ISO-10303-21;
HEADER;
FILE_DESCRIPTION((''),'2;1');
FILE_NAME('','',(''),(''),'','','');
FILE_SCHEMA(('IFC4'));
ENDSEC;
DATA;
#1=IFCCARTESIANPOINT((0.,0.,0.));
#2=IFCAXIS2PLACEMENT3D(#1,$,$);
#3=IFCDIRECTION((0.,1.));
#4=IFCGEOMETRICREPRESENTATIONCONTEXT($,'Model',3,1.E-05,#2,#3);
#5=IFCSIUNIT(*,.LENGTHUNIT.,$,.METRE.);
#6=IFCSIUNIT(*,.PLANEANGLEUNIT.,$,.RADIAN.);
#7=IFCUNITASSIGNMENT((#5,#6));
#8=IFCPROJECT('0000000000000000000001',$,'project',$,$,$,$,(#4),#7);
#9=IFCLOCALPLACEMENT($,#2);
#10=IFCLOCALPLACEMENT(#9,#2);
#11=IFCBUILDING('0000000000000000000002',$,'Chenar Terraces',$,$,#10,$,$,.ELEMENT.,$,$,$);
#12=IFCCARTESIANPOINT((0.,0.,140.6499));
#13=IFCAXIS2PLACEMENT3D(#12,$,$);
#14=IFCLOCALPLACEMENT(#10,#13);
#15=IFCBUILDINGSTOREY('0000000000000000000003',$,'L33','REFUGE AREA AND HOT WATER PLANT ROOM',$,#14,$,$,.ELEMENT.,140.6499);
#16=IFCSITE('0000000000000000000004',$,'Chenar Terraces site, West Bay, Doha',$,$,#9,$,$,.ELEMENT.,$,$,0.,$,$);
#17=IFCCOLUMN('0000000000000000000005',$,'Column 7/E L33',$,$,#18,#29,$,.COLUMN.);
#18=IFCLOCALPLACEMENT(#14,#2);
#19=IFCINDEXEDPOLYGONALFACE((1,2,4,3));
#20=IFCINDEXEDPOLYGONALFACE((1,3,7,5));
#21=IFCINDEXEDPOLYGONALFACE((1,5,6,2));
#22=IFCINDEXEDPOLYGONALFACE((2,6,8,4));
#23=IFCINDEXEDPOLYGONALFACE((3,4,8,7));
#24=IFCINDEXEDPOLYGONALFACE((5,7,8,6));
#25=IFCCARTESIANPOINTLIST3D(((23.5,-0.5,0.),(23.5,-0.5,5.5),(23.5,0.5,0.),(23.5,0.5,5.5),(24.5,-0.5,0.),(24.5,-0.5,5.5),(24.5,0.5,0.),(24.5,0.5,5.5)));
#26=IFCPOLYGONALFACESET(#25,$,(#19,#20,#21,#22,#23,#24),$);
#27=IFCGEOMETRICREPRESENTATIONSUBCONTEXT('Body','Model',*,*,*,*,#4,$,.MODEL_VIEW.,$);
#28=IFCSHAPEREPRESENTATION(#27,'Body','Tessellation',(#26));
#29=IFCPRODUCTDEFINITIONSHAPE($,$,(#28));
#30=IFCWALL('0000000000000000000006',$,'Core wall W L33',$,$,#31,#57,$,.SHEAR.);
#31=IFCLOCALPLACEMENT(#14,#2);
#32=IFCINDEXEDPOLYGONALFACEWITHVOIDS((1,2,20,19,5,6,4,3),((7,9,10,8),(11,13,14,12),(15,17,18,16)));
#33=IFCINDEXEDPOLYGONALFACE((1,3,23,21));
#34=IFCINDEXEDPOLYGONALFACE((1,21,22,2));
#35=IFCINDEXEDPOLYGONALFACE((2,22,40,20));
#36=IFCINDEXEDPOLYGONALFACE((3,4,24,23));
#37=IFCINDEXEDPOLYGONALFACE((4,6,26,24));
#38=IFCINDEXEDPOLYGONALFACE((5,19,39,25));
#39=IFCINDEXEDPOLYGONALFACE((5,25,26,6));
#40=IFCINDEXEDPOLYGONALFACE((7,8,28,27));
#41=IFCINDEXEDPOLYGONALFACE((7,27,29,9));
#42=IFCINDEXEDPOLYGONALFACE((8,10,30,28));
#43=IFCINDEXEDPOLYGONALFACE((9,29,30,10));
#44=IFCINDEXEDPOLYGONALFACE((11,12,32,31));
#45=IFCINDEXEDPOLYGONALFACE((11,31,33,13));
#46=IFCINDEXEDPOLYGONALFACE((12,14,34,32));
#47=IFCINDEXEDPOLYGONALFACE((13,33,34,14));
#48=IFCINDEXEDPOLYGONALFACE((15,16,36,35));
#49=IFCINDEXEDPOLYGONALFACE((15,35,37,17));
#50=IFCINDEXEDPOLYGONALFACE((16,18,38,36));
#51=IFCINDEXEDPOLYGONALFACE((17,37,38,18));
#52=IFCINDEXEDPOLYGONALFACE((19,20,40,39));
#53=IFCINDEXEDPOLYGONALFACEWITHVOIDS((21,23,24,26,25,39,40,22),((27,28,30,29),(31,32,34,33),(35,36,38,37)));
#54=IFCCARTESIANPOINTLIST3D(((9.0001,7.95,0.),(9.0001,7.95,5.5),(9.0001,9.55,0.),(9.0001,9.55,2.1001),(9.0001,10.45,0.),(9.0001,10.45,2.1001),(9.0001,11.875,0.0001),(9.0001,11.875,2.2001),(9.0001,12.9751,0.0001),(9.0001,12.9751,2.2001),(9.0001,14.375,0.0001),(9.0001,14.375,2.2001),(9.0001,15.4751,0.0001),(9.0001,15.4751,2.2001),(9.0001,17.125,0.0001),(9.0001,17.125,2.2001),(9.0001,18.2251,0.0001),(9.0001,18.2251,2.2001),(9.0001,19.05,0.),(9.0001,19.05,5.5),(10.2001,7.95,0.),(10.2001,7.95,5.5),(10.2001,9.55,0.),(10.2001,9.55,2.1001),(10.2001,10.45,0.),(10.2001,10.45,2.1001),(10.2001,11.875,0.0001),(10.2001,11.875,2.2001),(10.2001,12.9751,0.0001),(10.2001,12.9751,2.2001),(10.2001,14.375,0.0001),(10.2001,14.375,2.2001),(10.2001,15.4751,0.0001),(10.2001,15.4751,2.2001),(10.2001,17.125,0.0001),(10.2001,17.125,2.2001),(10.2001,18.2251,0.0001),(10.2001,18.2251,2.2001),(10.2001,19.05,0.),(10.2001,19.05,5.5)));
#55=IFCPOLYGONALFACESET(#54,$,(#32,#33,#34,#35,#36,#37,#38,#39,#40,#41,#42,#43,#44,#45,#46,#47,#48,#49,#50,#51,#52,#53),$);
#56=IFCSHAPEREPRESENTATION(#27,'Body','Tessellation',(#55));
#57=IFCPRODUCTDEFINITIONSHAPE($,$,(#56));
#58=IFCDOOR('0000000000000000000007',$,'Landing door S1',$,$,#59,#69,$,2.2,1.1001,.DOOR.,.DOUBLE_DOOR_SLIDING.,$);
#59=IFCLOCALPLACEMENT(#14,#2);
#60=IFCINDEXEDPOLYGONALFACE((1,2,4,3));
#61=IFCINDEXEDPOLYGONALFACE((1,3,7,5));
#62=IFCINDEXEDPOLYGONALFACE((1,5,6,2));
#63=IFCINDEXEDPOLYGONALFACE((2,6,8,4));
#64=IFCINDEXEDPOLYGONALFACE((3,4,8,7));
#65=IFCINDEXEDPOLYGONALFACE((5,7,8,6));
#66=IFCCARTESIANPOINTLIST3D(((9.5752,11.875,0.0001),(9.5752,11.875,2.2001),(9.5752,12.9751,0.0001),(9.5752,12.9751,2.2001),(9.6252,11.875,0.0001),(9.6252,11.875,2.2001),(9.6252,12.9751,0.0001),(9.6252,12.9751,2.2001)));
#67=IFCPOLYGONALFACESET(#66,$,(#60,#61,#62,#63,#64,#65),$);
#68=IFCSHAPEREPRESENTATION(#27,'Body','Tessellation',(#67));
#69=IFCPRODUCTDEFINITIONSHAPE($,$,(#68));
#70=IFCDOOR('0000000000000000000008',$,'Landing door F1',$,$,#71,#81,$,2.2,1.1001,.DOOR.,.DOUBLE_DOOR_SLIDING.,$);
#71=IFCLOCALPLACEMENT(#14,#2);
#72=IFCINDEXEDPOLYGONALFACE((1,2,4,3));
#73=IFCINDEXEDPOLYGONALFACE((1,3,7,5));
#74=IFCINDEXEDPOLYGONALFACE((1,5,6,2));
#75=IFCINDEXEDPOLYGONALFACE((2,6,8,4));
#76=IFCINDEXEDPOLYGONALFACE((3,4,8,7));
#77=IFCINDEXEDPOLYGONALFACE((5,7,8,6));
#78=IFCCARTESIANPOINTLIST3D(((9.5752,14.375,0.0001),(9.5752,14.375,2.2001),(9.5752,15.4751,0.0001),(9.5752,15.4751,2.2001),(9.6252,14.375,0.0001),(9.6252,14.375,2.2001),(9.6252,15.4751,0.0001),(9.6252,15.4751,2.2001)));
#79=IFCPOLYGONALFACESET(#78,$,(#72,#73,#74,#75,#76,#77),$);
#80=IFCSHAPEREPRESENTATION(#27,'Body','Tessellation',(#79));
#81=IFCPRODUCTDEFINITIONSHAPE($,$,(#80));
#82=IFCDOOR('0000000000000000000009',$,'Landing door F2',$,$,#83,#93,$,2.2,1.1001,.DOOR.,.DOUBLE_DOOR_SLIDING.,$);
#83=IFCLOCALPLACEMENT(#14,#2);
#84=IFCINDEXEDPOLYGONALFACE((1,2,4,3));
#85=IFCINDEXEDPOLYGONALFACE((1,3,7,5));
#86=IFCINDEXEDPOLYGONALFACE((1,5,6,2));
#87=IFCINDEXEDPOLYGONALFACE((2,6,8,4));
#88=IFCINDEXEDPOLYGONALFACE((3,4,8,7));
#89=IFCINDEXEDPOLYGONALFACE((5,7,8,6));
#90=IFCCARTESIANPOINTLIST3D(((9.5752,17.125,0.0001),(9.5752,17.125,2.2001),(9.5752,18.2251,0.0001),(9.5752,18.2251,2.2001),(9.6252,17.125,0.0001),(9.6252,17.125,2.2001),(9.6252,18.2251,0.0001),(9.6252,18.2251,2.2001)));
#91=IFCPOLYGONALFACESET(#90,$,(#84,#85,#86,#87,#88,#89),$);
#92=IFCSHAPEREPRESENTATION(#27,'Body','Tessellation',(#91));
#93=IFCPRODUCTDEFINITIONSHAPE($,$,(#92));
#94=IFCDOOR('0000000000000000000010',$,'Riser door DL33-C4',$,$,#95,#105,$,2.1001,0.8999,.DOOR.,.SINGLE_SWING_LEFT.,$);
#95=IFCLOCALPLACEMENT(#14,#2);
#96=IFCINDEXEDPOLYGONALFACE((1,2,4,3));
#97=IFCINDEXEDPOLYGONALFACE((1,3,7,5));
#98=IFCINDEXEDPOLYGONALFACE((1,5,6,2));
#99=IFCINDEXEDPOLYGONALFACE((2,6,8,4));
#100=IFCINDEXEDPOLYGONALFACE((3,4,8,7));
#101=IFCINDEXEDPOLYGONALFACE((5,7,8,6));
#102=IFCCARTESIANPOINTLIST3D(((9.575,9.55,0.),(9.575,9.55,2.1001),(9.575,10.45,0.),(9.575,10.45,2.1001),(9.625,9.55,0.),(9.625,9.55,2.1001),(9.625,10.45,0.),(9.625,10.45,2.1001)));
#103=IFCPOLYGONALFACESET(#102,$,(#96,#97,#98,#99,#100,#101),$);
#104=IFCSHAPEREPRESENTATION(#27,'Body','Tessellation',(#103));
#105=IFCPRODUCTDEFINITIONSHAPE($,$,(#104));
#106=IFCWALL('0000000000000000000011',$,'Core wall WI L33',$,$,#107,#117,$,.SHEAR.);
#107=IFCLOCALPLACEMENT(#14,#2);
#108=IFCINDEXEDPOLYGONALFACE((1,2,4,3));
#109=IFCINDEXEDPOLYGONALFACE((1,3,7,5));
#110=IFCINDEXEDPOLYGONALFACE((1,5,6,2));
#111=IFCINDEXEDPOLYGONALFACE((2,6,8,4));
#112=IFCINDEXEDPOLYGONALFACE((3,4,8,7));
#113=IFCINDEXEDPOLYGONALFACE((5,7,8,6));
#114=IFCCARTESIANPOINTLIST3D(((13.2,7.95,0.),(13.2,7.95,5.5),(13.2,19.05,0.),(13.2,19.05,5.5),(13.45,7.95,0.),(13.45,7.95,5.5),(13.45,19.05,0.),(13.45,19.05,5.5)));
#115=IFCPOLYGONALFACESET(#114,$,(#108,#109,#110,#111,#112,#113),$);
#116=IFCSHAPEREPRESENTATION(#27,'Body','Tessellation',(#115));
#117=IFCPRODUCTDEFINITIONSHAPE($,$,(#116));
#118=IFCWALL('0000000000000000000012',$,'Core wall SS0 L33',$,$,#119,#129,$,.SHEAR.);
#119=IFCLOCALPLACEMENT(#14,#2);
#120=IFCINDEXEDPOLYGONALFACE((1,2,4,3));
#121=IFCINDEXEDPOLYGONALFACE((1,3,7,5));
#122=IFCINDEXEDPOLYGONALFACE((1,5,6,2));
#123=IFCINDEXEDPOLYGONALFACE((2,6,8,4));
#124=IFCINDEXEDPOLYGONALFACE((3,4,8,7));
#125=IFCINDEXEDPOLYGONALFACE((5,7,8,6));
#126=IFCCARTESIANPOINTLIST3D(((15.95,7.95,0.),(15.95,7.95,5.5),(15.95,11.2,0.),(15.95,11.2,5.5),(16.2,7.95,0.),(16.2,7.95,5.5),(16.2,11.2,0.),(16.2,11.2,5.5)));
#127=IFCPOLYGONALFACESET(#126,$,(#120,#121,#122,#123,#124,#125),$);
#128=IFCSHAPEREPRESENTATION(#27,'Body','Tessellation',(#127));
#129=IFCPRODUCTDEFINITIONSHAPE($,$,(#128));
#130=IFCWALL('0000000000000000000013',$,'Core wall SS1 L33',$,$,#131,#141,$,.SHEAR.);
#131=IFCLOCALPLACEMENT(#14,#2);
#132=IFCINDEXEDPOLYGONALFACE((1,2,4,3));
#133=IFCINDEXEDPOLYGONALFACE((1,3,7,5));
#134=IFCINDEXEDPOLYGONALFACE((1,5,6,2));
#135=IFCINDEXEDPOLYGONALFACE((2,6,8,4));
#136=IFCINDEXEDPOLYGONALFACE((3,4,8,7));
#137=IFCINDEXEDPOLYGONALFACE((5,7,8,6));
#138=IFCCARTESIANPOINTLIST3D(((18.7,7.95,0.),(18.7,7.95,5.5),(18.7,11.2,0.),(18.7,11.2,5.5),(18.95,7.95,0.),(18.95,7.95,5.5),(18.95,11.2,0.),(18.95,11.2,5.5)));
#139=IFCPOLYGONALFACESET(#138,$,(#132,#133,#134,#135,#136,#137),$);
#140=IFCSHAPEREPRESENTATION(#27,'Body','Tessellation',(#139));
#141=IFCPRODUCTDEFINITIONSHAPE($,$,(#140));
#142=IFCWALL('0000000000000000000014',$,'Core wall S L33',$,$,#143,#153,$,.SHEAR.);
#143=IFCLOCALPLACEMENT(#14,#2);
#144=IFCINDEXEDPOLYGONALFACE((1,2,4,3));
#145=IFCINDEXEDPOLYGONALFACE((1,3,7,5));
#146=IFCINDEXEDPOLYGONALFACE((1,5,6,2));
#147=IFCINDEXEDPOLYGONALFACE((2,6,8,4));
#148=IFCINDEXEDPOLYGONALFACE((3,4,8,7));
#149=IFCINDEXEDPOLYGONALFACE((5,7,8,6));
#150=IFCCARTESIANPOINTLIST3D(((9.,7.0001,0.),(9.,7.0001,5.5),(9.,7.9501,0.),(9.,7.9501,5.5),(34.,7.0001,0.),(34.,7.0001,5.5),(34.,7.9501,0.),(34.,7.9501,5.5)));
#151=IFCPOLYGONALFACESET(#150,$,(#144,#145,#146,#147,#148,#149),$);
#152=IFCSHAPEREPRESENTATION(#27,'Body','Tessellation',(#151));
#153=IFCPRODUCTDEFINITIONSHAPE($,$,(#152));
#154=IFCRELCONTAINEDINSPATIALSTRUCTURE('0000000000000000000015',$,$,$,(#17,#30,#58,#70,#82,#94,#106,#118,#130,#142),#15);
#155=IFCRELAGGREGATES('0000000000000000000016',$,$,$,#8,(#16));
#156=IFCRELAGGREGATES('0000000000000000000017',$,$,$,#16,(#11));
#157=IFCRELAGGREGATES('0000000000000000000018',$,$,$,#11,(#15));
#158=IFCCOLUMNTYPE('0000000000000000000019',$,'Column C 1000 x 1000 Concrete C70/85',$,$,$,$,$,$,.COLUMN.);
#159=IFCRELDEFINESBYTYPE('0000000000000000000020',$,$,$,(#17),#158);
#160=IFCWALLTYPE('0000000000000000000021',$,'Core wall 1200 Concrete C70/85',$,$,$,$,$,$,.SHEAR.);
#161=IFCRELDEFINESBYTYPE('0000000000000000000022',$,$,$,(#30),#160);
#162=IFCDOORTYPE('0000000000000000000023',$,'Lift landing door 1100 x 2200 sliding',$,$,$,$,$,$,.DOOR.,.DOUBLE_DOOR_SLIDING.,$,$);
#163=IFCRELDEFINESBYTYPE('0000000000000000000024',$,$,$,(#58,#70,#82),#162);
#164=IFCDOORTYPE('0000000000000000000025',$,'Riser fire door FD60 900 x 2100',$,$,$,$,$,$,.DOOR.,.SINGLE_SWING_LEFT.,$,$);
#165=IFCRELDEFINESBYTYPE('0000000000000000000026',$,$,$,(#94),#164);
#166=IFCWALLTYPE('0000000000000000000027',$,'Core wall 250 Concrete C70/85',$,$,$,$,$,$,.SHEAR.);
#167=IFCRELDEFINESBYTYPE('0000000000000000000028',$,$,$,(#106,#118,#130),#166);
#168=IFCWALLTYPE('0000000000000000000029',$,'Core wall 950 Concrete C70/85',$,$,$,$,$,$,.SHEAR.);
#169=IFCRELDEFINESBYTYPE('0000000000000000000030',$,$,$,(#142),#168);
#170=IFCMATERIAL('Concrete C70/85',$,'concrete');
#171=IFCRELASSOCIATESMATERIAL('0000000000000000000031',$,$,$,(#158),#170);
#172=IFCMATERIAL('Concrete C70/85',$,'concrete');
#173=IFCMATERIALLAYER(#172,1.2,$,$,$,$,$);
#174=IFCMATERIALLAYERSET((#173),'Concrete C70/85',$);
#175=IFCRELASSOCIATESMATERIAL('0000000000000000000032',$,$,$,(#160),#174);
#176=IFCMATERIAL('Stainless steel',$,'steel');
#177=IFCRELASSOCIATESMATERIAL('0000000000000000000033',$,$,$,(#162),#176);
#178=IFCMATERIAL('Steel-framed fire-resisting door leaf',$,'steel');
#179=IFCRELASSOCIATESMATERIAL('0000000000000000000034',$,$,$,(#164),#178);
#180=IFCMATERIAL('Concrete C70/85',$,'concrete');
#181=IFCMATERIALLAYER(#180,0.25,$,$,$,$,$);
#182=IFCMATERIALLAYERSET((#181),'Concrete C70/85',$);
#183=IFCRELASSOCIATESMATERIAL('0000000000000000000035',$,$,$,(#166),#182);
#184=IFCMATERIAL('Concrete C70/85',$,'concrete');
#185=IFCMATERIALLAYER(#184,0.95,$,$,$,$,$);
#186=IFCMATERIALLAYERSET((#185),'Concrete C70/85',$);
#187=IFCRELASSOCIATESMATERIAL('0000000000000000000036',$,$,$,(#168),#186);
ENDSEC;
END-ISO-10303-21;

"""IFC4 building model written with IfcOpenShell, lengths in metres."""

from ifc_helpers import new_model, si_unit, direction, frame, frame_2d, origin, origin_2d, place, context, subcontext, project, spatial, rectangle, extrude, material, layer, layer_set, material_profile, profile_set, type_object, element, fill, save


model = new_model("IFC4")

# Units and contexts
model_context = context("Model", 3, precision=1e-05, world=origin(), true_north=direction((0.0, 1.0)))
body_context = subcontext(model_context, "Body", "Model", "MODEL_VIEW")
ifc_project = project(units=[si_unit("LENGTHUNIT", "METRE"), si_unit("PLANEANGLEUNIT", "RADIAN")], contexts=[model_context])

# Site, building, storey
site_placement = place(None, origin())
site = spatial("IfcSite", under=ifc_project, at=site_placement, Name="Chenar Terraces site, West Bay, Doha", CompositionType="ELEMENT", RefElevation=0.0)
building_placement = place(site_placement, origin())
building = spatial("IfcBuilding", under=site, at=building_placement, Name="Chenar Terraces", CompositionType="ELEMENT")
storey_placement = place(building_placement, frame((0.0, 0.0, 140.6499)))
storey = spatial("IfcBuildingStorey", under=building, at=storey_placement, Name="L33", Description="REFUGE AREA AND HOT WATER PLANT ROOM", CompositionType="ELEMENT", Elevation=140.6499)

# Column
ifc_material_1 = material(Name="Concrete C70/85", Category="concrete")
ifc_material_profile_1 = material_profile(ifc_material_1, rectangle(XDim=1.0, YDim=1.0, at=origin_2d()), Name="C 1000 x 1000")
ifc_profile_set_1 = profile_set([ifc_material_profile_1], Name="Concrete C70/85")
column_type = type_object("IfcColumnType", Name="Column C 1000 x 1000 Concrete C70/85", PredefinedType="COLUMN", material=ifc_profile_set_1)
column_placement = place(storey_placement, frame((24.0, 0.0, 0.0), z_axis=(0.0, 0.0, 1.0), x_axis=(1.0, 0.0, 0.0)))
element("IfcColumn", 1, at=column_placement, inside=storey, type_object=column_type, Name="Column 7/E L33", PredefinedType="COLUMN", context=body_context, shape_type="SweptSolid", body=[
    extrude(rectangle(XDim=1.0, YDim=1.0, at=origin_2d()), origin(), (0.0, 0.0, 1.0), 5.5),
])

# Wall, openings, doors
ifc_material_2 = material(Name="Concrete C70/85", Category="concrete")
ifc_layer_1 = layer(ifc_material_2, 1.2)
ifc_layer_set_1 = layer_set([ifc_layer_1], Name="Concrete C70/85")
wall_type_1 = type_object("IfcWallType", Name="Core wall 1200 Concrete C70/85", PredefinedType="SHEAR", material=ifc_layer_set_1)
wall_1_placement = place(storey_placement, frame((9.6001, 7.95, 0.0), z_axis=(0.0, 0.0, 1.0), x_axis=(0.0, 1.0, 0.0)))
wall_1 = element("IfcWall", 2, at=wall_1_placement, inside=storey, type_object=wall_type_1, Name="Core wall W L33", PredefinedType="SHEAR", context=body_context, shape_type="SweptSolid", body=[
    extrude(rectangle(XDim=11.1001, YDim=1.2, at=frame_2d((5.55, 0.0))), origin(), (0.0, 0.0, 1.0), 5.5),
])
opening_1_placement = place(wall_1_placement, frame((3.925, 0.0, 0.0)))
opening_1 = element("IfcOpeningElement", 3, at=opening_1_placement, cuts=wall_1, PredefinedType="OPENING", context=body_context, shape_type="SweptSolid", body=[
    extrude(rectangle(XDim=1.1001, YDim=2.2, at=frame_2d((0.55, 1.1001))), frame((0.0, 0.6099, 0.0), z_axis=(0.0, -1.0, 0.0), x_axis=(1.0, 0.0, 0.0)), (0.0, 0.0, 1.0), 1.22),
])
opening_2_placement = place(wall_1_placement, frame((6.425, 0.0, 0.0)))
opening_2 = element("IfcOpeningElement", 4, at=opening_2_placement, cuts=wall_1, PredefinedType="OPENING", context=body_context, shape_type="SweptSolid", body=[
    extrude(rectangle(XDim=1.1001, YDim=2.2, at=frame_2d((0.55, 1.1001))), frame((0.0, 0.6099, 0.0), z_axis=(0.0, -1.0, 0.0), x_axis=(1.0, 0.0, 0.0)), (0.0, 0.0, 1.0), 1.22),
])
opening_3_placement = place(wall_1_placement, frame((9.175, 0.0, 0.0)))
opening_3 = element("IfcOpeningElement", 5, at=opening_3_placement, cuts=wall_1, PredefinedType="OPENING", context=body_context, shape_type="SweptSolid", body=[
    extrude(rectangle(XDim=1.1001, YDim=2.2, at=frame_2d((0.55, 1.1001))), frame((0.0, 0.6099, 0.0), z_axis=(0.0, -1.0, 0.0), x_axis=(1.0, 0.0, 0.0)), (0.0, 0.0, 1.0), 1.22),
])
opening_4_placement = place(wall_1_placement, frame((1.6001, 0.0, 0.0)))
opening_4 = element("IfcOpeningElement", 6, at=opening_4_placement, cuts=wall_1, PredefinedType="OPENING", context=body_context, shape_type="SweptSolid", body=[
    extrude(rectangle(XDim=0.8999, YDim=2.1001, at=frame_2d((0.45, 1.05))), frame((0.0, 0.6099, 0.0), z_axis=(0.0, -1.0, 0.0), x_axis=(1.0, 0.0, 0.0)), (0.0, 0.0, 1.0), 1.22),
])
ifc_material_3 = material(Name="Stainless steel", Category="steel")
door_type_1 = type_object("IfcDoorType", Name="Lift landing door 1100 x 2200 sliding", OperationType="DOUBLE_DOOR_SLIDING", PredefinedType="DOOR", material=ifc_material_3)
door_1_placement = place(opening_1_placement, origin())
door_1 = element("IfcDoor", 7, at=door_1_placement, inside=storey, type_object=door_type_1, Name="Landing door S1", OperationType="DOUBLE_DOOR_SLIDING", OverallHeight=2.2, OverallWidth=1.1001, PredefinedType="DOOR", context=body_context, shape_type="SweptSolid", body=[
    extrude(rectangle(XDim=1.1001, YDim=2.2, at=frame_2d((0.55, 1.1001))), frame((0.0, 0.0249, 0.0), z_axis=(0.0, -1.0, 0.0), x_axis=(1.0, 0.0, 0.0)), (0.0, 0.0, 1.0), 0.05),
])
fill(opening_1, door_1)
door_2_placement = place(opening_2_placement, origin())
door_2 = element("IfcDoor", 8, at=door_2_placement, inside=storey, type_object=door_type_1, Name="Landing door F1", OperationType="DOUBLE_DOOR_SLIDING", OverallHeight=2.2, OverallWidth=1.1001, PredefinedType="DOOR", context=body_context, shape_type="SweptSolid", body=[
    extrude(rectangle(XDim=1.1001, YDim=2.2, at=frame_2d((0.55, 1.1001))), frame((0.0, 0.0249, 0.0), z_axis=(0.0, -1.0, 0.0), x_axis=(1.0, 0.0, 0.0)), (0.0, 0.0, 1.0), 0.05),
])
fill(opening_2, door_2)
door_3_placement = place(opening_3_placement, origin())
door_3 = element("IfcDoor", 9, at=door_3_placement, inside=storey, type_object=door_type_1, Name="Landing door F2", OperationType="DOUBLE_DOOR_SLIDING", OverallHeight=2.2, OverallWidth=1.1001, PredefinedType="DOOR", context=body_context, shape_type="SweptSolid", body=[
    extrude(rectangle(XDim=1.1001, YDim=2.2, at=frame_2d((0.55, 1.1001))), frame((0.0, 0.0249, 0.0), z_axis=(0.0, -1.0, 0.0), x_axis=(1.0, 0.0, 0.0)), (0.0, 0.0, 1.0), 0.05),
])
fill(opening_3, door_3)
ifc_material_4 = material(Name="Steel-framed fire-resisting door leaf", Category="steel")
door_type_2 = type_object("IfcDoorType", Name="Riser fire door FD60 900 x 2100", OperationType="SINGLE_SWING_LEFT", PredefinedType="DOOR", material=ifc_material_4)
door_4_placement = place(opening_4_placement, frame((0.8999, 0.0, 0.0), z_axis=(0.0, 0.0, 1.0), x_axis=(-1.0, 0.0, 0.0)))
door_4 = element("IfcDoor", 10, at=door_4_placement, inside=storey, type_object=door_type_2, Name="Riser door DL33-C4", OperationType="SINGLE_SWING_LEFT", OverallHeight=2.1001, OverallWidth=0.8999, PredefinedType="DOOR", context=body_context, shape_type="SweptSolid", body=[
    extrude(rectangle(XDim=0.8999, YDim=2.1001, at=frame_2d((0.45, 1.05))), frame((0.0, 0.0249, 0.0), z_axis=(0.0, -1.0, 0.0), x_axis=(1.0, 0.0, 0.0)), (0.0, 0.0, 1.0), 0.05),
])
fill(opening_4, door_4)

# Walls
ifc_material_5 = material(Name="Concrete C70/85", Category="concrete")
ifc_layer_2 = layer(ifc_material_5, 0.25)
ifc_layer_set_2 = layer_set([ifc_layer_2], Name="Concrete C70/85")
wall_type_2 = type_object("IfcWallType", Name="Core wall 250 Concrete C70/85", PredefinedType="SHEAR", material=ifc_layer_set_2)
wall_2_placement = place(storey_placement, frame((13.325, 7.95, 0.0), z_axis=(0.0, 0.0, 1.0), x_axis=(0.0, 1.0, 0.0)))
element("IfcWall", 11, at=wall_2_placement, inside=storey, type_object=wall_type_2, Name="Core wall WI L33", PredefinedType="SHEAR", context=body_context, shape_type="SweptSolid", body=[
    extrude(rectangle(XDim=11.1001, YDim=0.25, at=frame_2d((5.55, 0.0))), origin(), (0.0, 0.0, 1.0), 5.5),
])
for number, where, z_axis, x_axis, name in (
    (12, (16.075, 7.95, 0.0), (0.0, 0.0, 1.0), (0.0, 1.0, 0.0), "Core wall SS0 L33"),
    (13, (18.825, 7.95, 0.0), (0.0, 0.0, 1.0), (0.0, 1.0, 0.0), "Core wall SS1 L33"),
):
    element("IfcWall", number, at=place(storey_placement, frame(where, z_axis=z_axis, x_axis=x_axis)), inside=storey, type_object=wall_type_2, Name=name, PredefinedType="SHEAR", context=body_context, shape_type="SweptSolid", body=[
        extrude(rectangle(XDim=3.25, YDim=0.25, at=frame_2d((1.625, 0.0))), origin(), (0.0, 0.0, 1.0), 5.5),
    ])
ifc_material_6 = material(Name="Concrete C70/85", Category="concrete")
ifc_layer_3 = layer(ifc_material_6, 0.95)
ifc_layer_set_3 = layer_set([ifc_layer_3], Name="Concrete C70/85")
wall_type_3 = type_object("IfcWallType", Name="Core wall 950 Concrete C70/85", PredefinedType="SHEAR", material=ifc_layer_set_3)
wall_3_placement = place(storey_placement, frame((9.0, 7.4751, 0.0), z_axis=(0.0, 0.0, 1.0), x_axis=(1.0, 0.0, 0.0)))
element("IfcWall", 14, at=wall_3_placement, inside=storey, type_object=wall_type_3, Name="Core wall S L33", PredefinedType="SHEAR", context=body_context, shape_type="SweptSolid", body=[
    extrude(rectangle(XDim=25.0, YDim=0.95, at=frame_2d((12.5, 0.0))), origin(), (0.0, 0.0, 1.0), 5.5),
])

save(model, "model.ifc")
